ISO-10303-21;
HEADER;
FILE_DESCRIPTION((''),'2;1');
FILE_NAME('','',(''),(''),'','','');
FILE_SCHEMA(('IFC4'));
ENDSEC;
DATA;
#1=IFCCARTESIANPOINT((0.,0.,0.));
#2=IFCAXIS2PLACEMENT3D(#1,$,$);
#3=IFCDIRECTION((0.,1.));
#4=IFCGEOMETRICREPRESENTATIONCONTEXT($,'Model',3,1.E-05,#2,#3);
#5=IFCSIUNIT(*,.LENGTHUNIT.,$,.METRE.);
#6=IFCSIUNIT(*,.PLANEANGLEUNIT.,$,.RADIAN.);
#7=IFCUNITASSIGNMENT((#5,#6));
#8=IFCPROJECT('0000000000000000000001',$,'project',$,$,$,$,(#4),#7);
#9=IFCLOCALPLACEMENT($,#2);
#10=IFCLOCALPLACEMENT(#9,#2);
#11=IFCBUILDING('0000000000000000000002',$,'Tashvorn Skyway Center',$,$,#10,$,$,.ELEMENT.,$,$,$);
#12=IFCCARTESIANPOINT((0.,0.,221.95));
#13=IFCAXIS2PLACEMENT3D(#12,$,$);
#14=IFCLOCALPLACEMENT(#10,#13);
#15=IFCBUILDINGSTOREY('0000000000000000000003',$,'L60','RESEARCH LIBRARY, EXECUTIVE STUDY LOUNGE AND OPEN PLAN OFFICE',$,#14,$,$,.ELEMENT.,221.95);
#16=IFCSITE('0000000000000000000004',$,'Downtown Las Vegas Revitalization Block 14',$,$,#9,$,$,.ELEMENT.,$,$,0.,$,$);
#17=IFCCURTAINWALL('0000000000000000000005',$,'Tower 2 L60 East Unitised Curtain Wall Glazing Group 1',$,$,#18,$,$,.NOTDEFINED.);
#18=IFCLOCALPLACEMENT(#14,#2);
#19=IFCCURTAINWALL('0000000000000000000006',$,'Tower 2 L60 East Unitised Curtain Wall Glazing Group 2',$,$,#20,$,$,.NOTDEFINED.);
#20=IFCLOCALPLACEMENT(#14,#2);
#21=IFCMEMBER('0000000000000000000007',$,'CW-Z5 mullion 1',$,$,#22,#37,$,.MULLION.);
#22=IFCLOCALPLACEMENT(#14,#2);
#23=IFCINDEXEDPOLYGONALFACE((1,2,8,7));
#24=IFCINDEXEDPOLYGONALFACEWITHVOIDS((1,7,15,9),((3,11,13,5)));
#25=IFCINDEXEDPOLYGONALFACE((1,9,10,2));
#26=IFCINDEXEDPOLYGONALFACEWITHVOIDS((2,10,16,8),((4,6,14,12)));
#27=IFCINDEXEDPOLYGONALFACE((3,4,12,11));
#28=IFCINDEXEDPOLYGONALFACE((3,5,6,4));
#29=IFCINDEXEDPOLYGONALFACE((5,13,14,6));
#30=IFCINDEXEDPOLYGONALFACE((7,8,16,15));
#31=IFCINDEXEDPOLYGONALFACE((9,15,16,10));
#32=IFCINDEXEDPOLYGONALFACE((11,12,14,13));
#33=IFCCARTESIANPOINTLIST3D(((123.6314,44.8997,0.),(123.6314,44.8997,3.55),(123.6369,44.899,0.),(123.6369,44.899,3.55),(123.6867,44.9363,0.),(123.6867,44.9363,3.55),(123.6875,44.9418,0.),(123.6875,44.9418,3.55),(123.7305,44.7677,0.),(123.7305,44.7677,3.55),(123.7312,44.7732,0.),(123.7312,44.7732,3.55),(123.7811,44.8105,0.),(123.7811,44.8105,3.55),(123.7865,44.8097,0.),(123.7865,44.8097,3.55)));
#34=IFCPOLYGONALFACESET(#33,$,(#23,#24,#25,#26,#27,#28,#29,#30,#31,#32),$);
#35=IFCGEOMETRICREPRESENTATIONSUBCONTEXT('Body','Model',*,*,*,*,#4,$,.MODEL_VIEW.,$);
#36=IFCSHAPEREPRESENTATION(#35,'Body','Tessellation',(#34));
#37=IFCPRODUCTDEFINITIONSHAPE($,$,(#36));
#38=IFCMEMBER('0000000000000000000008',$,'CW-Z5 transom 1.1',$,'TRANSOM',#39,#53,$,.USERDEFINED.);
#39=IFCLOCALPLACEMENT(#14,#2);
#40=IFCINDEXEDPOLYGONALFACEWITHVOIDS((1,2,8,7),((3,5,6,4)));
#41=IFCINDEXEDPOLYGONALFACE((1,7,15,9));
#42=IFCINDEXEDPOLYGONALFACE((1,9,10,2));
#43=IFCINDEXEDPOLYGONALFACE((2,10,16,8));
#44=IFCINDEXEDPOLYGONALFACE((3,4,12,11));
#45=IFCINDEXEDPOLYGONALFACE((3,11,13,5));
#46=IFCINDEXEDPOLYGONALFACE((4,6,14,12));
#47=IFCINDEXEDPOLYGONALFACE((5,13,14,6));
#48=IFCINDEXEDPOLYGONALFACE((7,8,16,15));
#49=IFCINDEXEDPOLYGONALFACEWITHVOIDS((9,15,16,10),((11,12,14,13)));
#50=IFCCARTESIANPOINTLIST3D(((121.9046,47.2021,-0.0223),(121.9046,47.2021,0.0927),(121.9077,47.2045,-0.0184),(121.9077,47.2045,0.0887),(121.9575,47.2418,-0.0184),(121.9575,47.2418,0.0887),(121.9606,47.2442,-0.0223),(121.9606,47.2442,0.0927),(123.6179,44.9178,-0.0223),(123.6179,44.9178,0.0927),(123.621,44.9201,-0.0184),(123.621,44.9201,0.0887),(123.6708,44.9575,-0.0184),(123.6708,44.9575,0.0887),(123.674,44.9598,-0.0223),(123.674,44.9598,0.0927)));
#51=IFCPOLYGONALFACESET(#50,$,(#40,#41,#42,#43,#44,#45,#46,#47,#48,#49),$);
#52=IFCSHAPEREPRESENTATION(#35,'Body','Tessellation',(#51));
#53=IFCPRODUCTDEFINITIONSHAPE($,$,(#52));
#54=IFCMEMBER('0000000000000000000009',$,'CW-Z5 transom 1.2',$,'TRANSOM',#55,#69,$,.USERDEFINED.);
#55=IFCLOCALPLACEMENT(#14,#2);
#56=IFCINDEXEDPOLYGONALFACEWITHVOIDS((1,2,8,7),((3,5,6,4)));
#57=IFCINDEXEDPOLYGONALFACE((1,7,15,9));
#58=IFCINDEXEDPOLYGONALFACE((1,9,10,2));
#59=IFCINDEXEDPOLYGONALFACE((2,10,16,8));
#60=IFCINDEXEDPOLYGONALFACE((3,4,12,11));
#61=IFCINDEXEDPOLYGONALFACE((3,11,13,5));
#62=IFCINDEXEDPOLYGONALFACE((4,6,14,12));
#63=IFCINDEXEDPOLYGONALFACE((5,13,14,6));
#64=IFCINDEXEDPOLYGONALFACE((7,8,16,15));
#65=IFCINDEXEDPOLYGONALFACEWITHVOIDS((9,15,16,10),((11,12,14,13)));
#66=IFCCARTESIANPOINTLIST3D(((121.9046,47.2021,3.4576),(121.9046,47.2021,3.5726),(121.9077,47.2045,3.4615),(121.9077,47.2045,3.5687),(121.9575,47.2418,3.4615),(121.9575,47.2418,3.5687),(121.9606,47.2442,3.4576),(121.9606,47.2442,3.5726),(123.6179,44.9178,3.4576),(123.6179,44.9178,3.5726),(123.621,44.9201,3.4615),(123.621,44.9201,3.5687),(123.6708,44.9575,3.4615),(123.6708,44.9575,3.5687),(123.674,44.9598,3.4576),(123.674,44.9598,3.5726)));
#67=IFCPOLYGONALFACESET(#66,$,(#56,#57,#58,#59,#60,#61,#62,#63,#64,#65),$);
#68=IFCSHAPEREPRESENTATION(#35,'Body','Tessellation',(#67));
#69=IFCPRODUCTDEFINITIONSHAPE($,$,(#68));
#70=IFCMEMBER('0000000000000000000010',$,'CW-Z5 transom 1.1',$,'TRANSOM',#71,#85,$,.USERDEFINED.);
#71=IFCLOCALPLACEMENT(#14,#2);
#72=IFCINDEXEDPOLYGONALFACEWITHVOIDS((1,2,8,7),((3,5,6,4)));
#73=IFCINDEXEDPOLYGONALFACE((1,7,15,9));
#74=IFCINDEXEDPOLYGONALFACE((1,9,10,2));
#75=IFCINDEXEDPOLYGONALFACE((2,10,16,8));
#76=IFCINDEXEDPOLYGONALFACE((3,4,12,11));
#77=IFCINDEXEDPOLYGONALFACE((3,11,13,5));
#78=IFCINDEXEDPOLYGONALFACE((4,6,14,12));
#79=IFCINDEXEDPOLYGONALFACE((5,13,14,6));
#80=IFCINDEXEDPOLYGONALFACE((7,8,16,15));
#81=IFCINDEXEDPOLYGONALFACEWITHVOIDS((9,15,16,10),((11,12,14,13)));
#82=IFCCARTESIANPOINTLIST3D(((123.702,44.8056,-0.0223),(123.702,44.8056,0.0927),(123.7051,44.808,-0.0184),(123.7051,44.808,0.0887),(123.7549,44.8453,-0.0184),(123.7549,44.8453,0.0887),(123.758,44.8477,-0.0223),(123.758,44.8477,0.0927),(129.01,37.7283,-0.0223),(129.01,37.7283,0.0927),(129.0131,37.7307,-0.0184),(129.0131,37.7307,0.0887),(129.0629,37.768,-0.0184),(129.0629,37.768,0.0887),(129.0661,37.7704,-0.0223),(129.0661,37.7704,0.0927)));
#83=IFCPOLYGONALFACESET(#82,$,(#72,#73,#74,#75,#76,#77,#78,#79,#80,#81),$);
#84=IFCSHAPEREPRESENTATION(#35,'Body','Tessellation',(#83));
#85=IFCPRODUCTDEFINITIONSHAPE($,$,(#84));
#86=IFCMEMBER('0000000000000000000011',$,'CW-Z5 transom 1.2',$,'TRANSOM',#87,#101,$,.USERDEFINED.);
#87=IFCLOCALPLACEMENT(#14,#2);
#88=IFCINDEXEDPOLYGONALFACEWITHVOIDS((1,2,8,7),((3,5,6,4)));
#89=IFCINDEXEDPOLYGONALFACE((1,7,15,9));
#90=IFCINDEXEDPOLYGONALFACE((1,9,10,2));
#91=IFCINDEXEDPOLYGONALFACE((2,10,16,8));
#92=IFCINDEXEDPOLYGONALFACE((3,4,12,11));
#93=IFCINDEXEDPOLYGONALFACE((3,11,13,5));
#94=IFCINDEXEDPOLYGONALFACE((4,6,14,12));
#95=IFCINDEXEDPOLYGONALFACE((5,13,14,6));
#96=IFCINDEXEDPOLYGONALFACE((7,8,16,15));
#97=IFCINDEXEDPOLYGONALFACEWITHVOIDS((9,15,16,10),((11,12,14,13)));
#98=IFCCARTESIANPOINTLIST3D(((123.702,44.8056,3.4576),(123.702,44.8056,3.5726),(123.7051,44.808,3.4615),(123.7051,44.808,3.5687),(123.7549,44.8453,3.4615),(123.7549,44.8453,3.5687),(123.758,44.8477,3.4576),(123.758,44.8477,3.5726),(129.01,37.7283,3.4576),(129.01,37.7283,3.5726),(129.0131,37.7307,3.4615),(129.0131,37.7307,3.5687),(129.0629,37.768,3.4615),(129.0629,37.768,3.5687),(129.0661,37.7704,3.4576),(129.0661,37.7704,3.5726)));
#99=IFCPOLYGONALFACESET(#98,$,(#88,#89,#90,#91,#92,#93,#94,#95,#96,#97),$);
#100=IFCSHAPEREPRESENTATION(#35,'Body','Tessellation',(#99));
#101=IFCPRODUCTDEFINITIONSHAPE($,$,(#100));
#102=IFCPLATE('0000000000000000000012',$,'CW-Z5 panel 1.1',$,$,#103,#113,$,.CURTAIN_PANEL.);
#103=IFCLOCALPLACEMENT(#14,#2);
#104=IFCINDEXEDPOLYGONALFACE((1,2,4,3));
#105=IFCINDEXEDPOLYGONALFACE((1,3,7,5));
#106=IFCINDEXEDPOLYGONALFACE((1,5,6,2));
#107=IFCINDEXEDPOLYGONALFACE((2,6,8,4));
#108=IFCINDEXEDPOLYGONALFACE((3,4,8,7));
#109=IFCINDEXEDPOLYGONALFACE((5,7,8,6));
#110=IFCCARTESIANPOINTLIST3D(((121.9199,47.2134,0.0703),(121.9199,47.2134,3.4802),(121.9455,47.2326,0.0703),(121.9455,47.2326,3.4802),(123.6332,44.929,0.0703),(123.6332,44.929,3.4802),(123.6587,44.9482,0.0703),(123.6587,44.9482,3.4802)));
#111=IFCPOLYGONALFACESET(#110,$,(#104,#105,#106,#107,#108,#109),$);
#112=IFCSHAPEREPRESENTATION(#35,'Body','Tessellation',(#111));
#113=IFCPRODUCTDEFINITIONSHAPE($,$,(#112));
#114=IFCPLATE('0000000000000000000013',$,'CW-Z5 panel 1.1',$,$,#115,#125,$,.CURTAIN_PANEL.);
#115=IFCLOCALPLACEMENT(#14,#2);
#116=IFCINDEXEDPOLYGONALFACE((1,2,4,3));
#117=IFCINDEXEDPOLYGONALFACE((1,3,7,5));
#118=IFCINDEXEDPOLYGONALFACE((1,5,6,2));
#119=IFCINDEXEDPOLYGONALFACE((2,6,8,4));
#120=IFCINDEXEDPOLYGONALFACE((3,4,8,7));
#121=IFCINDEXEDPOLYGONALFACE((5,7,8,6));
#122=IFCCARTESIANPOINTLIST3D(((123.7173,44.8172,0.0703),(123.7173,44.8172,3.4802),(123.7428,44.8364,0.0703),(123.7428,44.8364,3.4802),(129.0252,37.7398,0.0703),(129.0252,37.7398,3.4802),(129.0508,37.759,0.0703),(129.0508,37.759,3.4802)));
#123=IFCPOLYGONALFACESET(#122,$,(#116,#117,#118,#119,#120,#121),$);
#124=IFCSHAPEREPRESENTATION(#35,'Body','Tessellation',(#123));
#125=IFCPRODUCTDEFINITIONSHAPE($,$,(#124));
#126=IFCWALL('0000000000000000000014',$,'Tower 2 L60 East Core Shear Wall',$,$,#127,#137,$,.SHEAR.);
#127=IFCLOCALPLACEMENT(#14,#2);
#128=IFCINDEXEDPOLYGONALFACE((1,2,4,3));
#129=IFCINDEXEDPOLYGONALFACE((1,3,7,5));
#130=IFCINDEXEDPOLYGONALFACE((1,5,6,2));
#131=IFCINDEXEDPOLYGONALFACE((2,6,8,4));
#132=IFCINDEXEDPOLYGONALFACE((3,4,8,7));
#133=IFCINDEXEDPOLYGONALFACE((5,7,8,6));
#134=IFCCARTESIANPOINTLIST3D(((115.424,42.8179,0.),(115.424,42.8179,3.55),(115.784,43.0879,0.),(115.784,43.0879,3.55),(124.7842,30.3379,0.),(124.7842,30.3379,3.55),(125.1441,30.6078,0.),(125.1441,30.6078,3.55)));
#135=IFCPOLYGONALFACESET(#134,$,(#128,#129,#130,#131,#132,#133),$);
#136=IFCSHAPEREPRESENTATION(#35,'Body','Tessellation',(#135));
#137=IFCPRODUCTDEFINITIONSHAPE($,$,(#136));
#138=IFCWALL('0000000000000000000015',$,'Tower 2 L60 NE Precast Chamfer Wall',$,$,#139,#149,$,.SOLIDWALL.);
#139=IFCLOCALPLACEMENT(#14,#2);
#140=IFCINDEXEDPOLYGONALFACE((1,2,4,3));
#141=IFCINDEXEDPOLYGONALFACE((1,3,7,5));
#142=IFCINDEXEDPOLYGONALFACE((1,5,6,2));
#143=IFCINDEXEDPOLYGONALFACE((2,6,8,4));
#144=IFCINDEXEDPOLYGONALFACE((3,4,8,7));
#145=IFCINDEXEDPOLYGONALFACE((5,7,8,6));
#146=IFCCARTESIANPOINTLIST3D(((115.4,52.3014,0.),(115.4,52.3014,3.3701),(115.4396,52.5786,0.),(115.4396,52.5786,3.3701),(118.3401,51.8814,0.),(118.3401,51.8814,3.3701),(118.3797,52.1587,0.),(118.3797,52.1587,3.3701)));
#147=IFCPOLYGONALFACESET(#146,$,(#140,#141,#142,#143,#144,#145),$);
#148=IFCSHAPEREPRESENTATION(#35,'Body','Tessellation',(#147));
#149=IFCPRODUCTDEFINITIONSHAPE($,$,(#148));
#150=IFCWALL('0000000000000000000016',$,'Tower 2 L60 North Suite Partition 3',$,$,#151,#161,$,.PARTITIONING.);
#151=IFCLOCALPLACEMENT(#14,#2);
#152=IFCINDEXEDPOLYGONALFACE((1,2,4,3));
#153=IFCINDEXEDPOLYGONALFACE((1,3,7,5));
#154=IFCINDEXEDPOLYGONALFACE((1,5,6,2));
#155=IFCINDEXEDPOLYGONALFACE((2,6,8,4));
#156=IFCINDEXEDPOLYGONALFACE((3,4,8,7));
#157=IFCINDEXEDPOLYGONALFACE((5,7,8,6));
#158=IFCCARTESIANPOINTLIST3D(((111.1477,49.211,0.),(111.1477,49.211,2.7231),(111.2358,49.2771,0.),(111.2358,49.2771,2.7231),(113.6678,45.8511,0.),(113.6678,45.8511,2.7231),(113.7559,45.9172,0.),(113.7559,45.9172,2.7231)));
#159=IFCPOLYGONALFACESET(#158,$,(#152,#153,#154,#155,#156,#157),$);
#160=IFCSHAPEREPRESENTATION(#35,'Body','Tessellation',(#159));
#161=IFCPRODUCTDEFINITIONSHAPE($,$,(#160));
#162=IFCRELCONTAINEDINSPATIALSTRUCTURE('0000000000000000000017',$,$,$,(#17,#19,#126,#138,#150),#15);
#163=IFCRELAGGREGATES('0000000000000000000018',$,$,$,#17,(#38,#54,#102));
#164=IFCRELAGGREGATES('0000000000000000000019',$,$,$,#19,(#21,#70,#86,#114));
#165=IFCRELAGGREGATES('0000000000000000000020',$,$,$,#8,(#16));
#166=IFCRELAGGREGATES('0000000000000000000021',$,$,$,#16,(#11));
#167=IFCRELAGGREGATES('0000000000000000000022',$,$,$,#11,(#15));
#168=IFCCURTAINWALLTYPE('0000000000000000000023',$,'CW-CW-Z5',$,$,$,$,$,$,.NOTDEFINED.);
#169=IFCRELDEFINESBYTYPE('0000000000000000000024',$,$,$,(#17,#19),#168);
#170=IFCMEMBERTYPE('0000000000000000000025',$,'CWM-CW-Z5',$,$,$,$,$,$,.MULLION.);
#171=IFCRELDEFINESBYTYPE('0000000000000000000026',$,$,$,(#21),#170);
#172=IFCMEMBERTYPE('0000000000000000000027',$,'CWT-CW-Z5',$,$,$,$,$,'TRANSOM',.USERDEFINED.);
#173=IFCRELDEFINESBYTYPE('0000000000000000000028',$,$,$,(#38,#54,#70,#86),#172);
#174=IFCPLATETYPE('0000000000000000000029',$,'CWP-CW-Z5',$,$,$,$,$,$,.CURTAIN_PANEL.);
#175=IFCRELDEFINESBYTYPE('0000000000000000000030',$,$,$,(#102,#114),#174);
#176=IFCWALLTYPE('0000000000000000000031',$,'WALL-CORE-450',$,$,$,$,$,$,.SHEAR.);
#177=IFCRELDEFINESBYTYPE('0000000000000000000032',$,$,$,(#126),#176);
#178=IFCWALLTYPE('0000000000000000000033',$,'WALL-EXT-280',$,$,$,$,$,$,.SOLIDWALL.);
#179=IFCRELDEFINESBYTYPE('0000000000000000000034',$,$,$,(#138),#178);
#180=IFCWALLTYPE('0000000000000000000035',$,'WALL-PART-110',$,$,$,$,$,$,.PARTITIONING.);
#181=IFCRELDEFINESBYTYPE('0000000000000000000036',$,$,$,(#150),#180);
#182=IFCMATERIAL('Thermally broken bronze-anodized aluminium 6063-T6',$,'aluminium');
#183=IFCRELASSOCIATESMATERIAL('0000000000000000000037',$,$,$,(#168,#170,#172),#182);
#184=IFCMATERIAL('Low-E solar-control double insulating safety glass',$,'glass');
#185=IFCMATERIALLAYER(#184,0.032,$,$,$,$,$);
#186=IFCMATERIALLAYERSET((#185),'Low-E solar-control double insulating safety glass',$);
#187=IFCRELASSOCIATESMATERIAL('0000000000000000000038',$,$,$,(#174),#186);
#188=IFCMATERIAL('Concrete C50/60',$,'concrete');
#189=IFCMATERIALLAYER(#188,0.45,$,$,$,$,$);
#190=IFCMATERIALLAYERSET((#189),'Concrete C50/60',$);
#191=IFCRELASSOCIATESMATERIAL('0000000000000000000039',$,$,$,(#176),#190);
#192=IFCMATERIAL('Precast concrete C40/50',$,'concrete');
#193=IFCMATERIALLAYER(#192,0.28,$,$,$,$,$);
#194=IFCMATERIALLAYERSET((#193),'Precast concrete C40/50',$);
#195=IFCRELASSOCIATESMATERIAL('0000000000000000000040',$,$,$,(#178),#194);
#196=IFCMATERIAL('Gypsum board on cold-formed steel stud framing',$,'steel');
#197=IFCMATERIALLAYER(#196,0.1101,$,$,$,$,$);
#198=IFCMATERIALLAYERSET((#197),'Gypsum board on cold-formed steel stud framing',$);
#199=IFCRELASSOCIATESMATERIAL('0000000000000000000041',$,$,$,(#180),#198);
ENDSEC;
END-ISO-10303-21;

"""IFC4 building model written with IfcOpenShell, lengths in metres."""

from ifc_helpers import new_model, si_unit, direction, frame, frame_2d, origin, origin_2d, place, context, subcontext, project, spatial, rectangle, hollow_rectangle, extrude, material, layer, layer_set, material_profile, profile_set, type_object, element, aggregate, save


model = new_model("IFC4")

# Units and contexts
model_context = context("Model", 3, precision=1e-05, world=origin(), true_north=direction((0.0, 1.0)))
body_context = subcontext(model_context, "Body", "Model", "MODEL_VIEW")
ifc_project = project(units=[si_unit("LENGTHUNIT", "METRE"), si_unit("PLANEANGLEUNIT", "RADIAN")], contexts=[model_context])

# Site, building, storey
site_placement = place(None, origin())
site = spatial("IfcSite", under=ifc_project, at=site_placement, Name="Downtown Las Vegas Revitalization Block 14", CompositionType="ELEMENT", RefElevation=0.0)
building_placement = place(site_placement, origin())
building = spatial("IfcBuilding", under=site, at=building_placement, Name="Tashvorn Skyway Center", CompositionType="ELEMENT")
storey_placement = place(building_placement, frame((0.0, 0.0, 221.95)))
storey = spatial("IfcBuildingStorey", under=building, at=storey_placement, Name="L60", Description="RESEARCH LIBRARY, EXECUTIVE STUDY LOUNGE AND OPEN PLAN OFFICE", CompositionType="ELEMENT", Elevation=221.95)

# Curtain wall
ifc_material_1 = material(Name="Thermally broken bronze-anodized aluminium 6063-T6", Category="aluminium")
curtain_wall_type = type_object("IfcCurtainWallType", Name="CW-CW-Z5", PredefinedType="NOTDEFINED", material=ifc_material_1)
curtain_wall_1_placement = place(storey_placement, origin())
curtain_wall_1 = element("IfcCurtainWall", 1, at=curtain_wall_1_placement, inside=storey, type_object=curtain_wall_type, Name="Tower 2 L60 East Unitised Curtain Wall Glazing Group 1", PredefinedType="NOTDEFINED")
ifc_material_profile_1 = material_profile(ifc_material_1, hollow_rectangle(XDim=0.0701, YDim=0.165, WallThickness=0.0039, at=origin_2d()), Name="ALU-MULL-70x165")
ifc_profile_set_1 = profile_set([ifc_material_profile_1], Name="Thermally broken bronze-anodized aluminium 6063-T6")
member_type_1 = type_object("IfcMemberType", Name="CWM-CW-Z5", PredefinedType="MULLION", material=ifc_profile_set_1)

# Curtain wall, member
curtain_wall_2_placement = place(storey_placement, origin())
curtain_wall_2 = element("IfcCurtainWall", 2, at=curtain_wall_2_placement, inside=storey, type_object=curtain_wall_type, Name="Tower 2 L60 East Unitised Curtain Wall Glazing Group 2", PredefinedType="NOTDEFINED")
member_1_placement = place(storey_placement, frame((123.709, 44.8547, 0.0), z_axis=(0.0, 0.0, 1.0), x_axis=(0.800003, 0.599996, 0.0)))
member_1 = element("IfcMember", 3, at=member_1_placement, type_object=member_type_1, Name="CW-Z5 mullion 1", PredefinedType="MULLION", context=body_context, shape_type="SweptSolid", body=[
    extrude(hollow_rectangle(XDim=0.0701, YDim=0.165, WallThickness=0.0039, at=origin_2d()), origin(), (0.0, 0.0, 1.0), 3.55),
])

# Members
ifc_material_profile_2 = material_profile(ifc_material_1, hollow_rectangle(XDim=0.0701, YDim=0.115, WallThickness=0.0039, at=origin_2d()), Name="ALU-TRAN-70x115")
ifc_profile_set_2 = profile_set([ifc_material_profile_2], Name="Thermally broken bronze-anodized aluminium 6063-T6")
member_type_2 = type_object("IfcMemberType", Name="CWT-CW-Z5", ElementType="TRANSOM", PredefinedType="USERDEFINED", material=ifc_profile_set_2)
member_2_placement = place(storey_placement, frame((121.9326, 47.2231, 0.0352), z_axis=(0.600014, -0.79999, 0.0), x_axis=(0.79999, 0.600014, 0.0)))
member_2 = element("IfcMember", 4, at=member_2_placement, type_object=member_type_2, Name="CW-Z5 transom 1.1", ObjectType="TRANSOM", PredefinedType="USERDEFINED", context=body_context, shape_type="SweptSolid", body=[
    extrude(hollow_rectangle(XDim=0.0701, YDim=0.115, WallThickness=0.0039, at=origin_2d()), origin(), (0.0, 0.0, 1.0), 2.8555),
])
member_3_placement = place(storey_placement, frame((121.9326, 47.2231, 3.5151), z_axis=(0.600014, -0.79999, 0.0), x_axis=(0.79999, 0.600014, 0.0)))
member_3 = element("IfcMember", 5, at=member_3_placement, type_object=member_type_2, Name="CW-Z5 transom 1.2", ObjectType="TRANSOM", PredefinedType="USERDEFINED", context=body_context, shape_type="SweptSolid", body=[
    extrude(hollow_rectangle(XDim=0.0701, YDim=0.115, WallThickness=0.0039, at=origin_2d()), origin(), (0.0, 0.0, 1.0), 2.8555),
])
member_4_placement = place(storey_placement, frame((123.73, 44.8267, 0.0352), z_axis=(0.600004, -0.799997, 0.0), x_axis=(0.799997, 0.600004, 0.0)))
member_4 = element("IfcMember", 6, at=member_4_placement, type_object=member_type_2, Name="CW-Z5 transom 1.1", ObjectType="TRANSOM", PredefinedType="USERDEFINED", context=body_context, shape_type="SweptSolid", body=[
    extrude(hollow_rectangle(XDim=0.0701, YDim=0.115, WallThickness=0.0039, at=origin_2d()), origin(), (0.0, 0.0, 1.0), 8.8467),
])
member_5_placement = place(storey_placement, frame((123.73, 44.8267, 3.5151), z_axis=(0.600004, -0.799997, 0.0), x_axis=(0.799997, 0.600004, 0.0)))
member_5 = element("IfcMember", 7, at=member_5_placement, type_object=member_type_2, Name="CW-Z5 transom 1.2", ObjectType="TRANSOM", PredefinedType="USERDEFINED", context=body_context, shape_type="SweptSolid", body=[
    extrude(hollow_rectangle(XDim=0.0701, YDim=0.115, WallThickness=0.0039, at=origin_2d()), origin(), (0.0, 0.0, 1.0), 8.8467),
])

# Plates
ifc_material_2 = material(Name="Low-E solar-control double insulating safety glass", Category="glass")
ifc_layer_1 = layer(ifc_material_2, 0.032)
ifc_layer_set_1 = layer_set([ifc_layer_1], Name="Low-E solar-control double insulating safety glass")
plate_type = type_object("IfcPlateType", Name="CWP-CW-Z5", PredefinedType="CURTAIN_PANEL", material=ifc_layer_set_1)
plate_1_placement = place(storey_placement, frame((122.7893, 46.0808, 0.0703), z_axis=(0.0, 0.0, 1.0), x_axis=(0.6, -0.8, 0.0)))
plate_1 = element("IfcPlate", 8, at=plate_1_placement, type_object=plate_type, Name="CW-Z5 panel 1.1", PredefinedType="CURTAIN_PANEL", context=body_context, shape_type="SweptSolid", body=[
    extrude(rectangle(XDim=2.8555, YDim=0.032, at=origin_2d()), origin(), (0.0, 0.0, 1.0), 3.4099),
])
aggregate(curtain_wall_1, [member_2, member_3, plate_1])
plate_2_placement = place(storey_placement, frame((126.384, 41.2881, 0.0703), z_axis=(0.0, 0.0, 1.0), x_axis=(0.599996, -0.800003, 0.0)))
plate_2 = element("IfcPlate", 9, at=plate_2_placement, type_object=plate_type, Name="CW-Z5 panel 1.1", PredefinedType="CURTAIN_PANEL", context=body_context, shape_type="SweptSolid", body=[
    extrude(rectangle(XDim=8.8467, YDim=0.032, at=origin_2d()), origin(), (0.0, 0.0, 1.0), 3.4099),
])
aggregate(curtain_wall_2, [member_1, member_4, member_5, plate_2])

# Walls
ifc_material_3 = material(Name="Concrete C50/60", Category="concrete")
ifc_layer_2 = layer(ifc_material_3, 0.45)
ifc_layer_set_2 = layer_set([ifc_layer_2], Name="Concrete C50/60")
wall_type_1 = type_object("IfcWallType", Name="WALL-CORE-450", PredefinedType="SHEAR", material=ifc_layer_set_2)
wall_1_placement = place(storey_placement, frame((115.604, 42.9529, 0.0), z_axis=(0.0, 0.0, 1.0), x_axis=(0.600005, -0.799996, 0.0)))
element("IfcWall", 10, at=wall_1_placement, inside=storey, type_object=wall_type_1, Name="Tower 2 L60 East Core Shear Wall", PredefinedType="SHEAR", context=body_context, shape_type="SweptSolid", body=[
    extrude(rectangle(XDim=15.6001, YDim=0.45, at=frame_2d((7.8, 0.0))), origin(), (0.0, 0.0, 1.0), 3.55),
])
ifc_material_4 = material(Name="Precast concrete C40/50", Category="concrete")
ifc_layer_3 = layer(ifc_material_4, 0.28)
ifc_layer_set_3 = layer_set([ifc_layer_3], Name="Precast concrete C40/50")
wall_type_2 = type_object("IfcWallType", Name="WALL-EXT-280", PredefinedType="SOLIDWALL", material=ifc_layer_set_3)
wall_2_placement = place(storey_placement, frame((115.4199, 52.4399, 0.0), z_axis=(0.0, 0.0, 1.0), x_axis=(0.989954, -0.141387, 0.0)))
element("IfcWall", 11, at=wall_2_placement, inside=storey, type_object=wall_type_2, Name="Tower 2 L60 NE Precast Chamfer Wall", PredefinedType="SOLIDWALL", context=body_context, shape_type="SweptSolid", body=[
    extrude(rectangle(XDim=2.97, YDim=0.28, at=frame_2d((1.4849, 0.0))), origin(), (0.0, 0.0, 1.0), 3.3701),
])
ifc_material_5 = material(Name="Gypsum board on cold-formed steel stud framing", Category="steel")
ifc_layer_4 = layer(ifc_material_5, 0.1101)
ifc_layer_set_4 = layer_set([ifc_layer_4], Name="Gypsum board on cold-formed steel stud framing")
wall_type_3 = type_object("IfcWallType", Name="WALL-PART-110", PredefinedType="PARTITIONING", material=ifc_layer_set_4)
wall_3_placement = place(storey_placement, frame((113.7119, 45.884, 0.0), z_axis=(0.0, 0.0, 1.0), x_axis=(-0.600019, 0.799986, 0.0)))
element("IfcWall", 12, at=wall_3_placement, inside=storey, type_object=wall_type_3, Name="Tower 2 L60 North Suite Partition 3", PredefinedType="PARTITIONING", context=body_context, shape_type="SweptSolid", body=[
    extrude(rectangle(XDim=4.2, YDim=0.1101, at=frame_2d((2.1001, 0.0))), origin(), (0.0, 0.0, 1.0), 2.7231),
])

save(model, "model.ifc")
